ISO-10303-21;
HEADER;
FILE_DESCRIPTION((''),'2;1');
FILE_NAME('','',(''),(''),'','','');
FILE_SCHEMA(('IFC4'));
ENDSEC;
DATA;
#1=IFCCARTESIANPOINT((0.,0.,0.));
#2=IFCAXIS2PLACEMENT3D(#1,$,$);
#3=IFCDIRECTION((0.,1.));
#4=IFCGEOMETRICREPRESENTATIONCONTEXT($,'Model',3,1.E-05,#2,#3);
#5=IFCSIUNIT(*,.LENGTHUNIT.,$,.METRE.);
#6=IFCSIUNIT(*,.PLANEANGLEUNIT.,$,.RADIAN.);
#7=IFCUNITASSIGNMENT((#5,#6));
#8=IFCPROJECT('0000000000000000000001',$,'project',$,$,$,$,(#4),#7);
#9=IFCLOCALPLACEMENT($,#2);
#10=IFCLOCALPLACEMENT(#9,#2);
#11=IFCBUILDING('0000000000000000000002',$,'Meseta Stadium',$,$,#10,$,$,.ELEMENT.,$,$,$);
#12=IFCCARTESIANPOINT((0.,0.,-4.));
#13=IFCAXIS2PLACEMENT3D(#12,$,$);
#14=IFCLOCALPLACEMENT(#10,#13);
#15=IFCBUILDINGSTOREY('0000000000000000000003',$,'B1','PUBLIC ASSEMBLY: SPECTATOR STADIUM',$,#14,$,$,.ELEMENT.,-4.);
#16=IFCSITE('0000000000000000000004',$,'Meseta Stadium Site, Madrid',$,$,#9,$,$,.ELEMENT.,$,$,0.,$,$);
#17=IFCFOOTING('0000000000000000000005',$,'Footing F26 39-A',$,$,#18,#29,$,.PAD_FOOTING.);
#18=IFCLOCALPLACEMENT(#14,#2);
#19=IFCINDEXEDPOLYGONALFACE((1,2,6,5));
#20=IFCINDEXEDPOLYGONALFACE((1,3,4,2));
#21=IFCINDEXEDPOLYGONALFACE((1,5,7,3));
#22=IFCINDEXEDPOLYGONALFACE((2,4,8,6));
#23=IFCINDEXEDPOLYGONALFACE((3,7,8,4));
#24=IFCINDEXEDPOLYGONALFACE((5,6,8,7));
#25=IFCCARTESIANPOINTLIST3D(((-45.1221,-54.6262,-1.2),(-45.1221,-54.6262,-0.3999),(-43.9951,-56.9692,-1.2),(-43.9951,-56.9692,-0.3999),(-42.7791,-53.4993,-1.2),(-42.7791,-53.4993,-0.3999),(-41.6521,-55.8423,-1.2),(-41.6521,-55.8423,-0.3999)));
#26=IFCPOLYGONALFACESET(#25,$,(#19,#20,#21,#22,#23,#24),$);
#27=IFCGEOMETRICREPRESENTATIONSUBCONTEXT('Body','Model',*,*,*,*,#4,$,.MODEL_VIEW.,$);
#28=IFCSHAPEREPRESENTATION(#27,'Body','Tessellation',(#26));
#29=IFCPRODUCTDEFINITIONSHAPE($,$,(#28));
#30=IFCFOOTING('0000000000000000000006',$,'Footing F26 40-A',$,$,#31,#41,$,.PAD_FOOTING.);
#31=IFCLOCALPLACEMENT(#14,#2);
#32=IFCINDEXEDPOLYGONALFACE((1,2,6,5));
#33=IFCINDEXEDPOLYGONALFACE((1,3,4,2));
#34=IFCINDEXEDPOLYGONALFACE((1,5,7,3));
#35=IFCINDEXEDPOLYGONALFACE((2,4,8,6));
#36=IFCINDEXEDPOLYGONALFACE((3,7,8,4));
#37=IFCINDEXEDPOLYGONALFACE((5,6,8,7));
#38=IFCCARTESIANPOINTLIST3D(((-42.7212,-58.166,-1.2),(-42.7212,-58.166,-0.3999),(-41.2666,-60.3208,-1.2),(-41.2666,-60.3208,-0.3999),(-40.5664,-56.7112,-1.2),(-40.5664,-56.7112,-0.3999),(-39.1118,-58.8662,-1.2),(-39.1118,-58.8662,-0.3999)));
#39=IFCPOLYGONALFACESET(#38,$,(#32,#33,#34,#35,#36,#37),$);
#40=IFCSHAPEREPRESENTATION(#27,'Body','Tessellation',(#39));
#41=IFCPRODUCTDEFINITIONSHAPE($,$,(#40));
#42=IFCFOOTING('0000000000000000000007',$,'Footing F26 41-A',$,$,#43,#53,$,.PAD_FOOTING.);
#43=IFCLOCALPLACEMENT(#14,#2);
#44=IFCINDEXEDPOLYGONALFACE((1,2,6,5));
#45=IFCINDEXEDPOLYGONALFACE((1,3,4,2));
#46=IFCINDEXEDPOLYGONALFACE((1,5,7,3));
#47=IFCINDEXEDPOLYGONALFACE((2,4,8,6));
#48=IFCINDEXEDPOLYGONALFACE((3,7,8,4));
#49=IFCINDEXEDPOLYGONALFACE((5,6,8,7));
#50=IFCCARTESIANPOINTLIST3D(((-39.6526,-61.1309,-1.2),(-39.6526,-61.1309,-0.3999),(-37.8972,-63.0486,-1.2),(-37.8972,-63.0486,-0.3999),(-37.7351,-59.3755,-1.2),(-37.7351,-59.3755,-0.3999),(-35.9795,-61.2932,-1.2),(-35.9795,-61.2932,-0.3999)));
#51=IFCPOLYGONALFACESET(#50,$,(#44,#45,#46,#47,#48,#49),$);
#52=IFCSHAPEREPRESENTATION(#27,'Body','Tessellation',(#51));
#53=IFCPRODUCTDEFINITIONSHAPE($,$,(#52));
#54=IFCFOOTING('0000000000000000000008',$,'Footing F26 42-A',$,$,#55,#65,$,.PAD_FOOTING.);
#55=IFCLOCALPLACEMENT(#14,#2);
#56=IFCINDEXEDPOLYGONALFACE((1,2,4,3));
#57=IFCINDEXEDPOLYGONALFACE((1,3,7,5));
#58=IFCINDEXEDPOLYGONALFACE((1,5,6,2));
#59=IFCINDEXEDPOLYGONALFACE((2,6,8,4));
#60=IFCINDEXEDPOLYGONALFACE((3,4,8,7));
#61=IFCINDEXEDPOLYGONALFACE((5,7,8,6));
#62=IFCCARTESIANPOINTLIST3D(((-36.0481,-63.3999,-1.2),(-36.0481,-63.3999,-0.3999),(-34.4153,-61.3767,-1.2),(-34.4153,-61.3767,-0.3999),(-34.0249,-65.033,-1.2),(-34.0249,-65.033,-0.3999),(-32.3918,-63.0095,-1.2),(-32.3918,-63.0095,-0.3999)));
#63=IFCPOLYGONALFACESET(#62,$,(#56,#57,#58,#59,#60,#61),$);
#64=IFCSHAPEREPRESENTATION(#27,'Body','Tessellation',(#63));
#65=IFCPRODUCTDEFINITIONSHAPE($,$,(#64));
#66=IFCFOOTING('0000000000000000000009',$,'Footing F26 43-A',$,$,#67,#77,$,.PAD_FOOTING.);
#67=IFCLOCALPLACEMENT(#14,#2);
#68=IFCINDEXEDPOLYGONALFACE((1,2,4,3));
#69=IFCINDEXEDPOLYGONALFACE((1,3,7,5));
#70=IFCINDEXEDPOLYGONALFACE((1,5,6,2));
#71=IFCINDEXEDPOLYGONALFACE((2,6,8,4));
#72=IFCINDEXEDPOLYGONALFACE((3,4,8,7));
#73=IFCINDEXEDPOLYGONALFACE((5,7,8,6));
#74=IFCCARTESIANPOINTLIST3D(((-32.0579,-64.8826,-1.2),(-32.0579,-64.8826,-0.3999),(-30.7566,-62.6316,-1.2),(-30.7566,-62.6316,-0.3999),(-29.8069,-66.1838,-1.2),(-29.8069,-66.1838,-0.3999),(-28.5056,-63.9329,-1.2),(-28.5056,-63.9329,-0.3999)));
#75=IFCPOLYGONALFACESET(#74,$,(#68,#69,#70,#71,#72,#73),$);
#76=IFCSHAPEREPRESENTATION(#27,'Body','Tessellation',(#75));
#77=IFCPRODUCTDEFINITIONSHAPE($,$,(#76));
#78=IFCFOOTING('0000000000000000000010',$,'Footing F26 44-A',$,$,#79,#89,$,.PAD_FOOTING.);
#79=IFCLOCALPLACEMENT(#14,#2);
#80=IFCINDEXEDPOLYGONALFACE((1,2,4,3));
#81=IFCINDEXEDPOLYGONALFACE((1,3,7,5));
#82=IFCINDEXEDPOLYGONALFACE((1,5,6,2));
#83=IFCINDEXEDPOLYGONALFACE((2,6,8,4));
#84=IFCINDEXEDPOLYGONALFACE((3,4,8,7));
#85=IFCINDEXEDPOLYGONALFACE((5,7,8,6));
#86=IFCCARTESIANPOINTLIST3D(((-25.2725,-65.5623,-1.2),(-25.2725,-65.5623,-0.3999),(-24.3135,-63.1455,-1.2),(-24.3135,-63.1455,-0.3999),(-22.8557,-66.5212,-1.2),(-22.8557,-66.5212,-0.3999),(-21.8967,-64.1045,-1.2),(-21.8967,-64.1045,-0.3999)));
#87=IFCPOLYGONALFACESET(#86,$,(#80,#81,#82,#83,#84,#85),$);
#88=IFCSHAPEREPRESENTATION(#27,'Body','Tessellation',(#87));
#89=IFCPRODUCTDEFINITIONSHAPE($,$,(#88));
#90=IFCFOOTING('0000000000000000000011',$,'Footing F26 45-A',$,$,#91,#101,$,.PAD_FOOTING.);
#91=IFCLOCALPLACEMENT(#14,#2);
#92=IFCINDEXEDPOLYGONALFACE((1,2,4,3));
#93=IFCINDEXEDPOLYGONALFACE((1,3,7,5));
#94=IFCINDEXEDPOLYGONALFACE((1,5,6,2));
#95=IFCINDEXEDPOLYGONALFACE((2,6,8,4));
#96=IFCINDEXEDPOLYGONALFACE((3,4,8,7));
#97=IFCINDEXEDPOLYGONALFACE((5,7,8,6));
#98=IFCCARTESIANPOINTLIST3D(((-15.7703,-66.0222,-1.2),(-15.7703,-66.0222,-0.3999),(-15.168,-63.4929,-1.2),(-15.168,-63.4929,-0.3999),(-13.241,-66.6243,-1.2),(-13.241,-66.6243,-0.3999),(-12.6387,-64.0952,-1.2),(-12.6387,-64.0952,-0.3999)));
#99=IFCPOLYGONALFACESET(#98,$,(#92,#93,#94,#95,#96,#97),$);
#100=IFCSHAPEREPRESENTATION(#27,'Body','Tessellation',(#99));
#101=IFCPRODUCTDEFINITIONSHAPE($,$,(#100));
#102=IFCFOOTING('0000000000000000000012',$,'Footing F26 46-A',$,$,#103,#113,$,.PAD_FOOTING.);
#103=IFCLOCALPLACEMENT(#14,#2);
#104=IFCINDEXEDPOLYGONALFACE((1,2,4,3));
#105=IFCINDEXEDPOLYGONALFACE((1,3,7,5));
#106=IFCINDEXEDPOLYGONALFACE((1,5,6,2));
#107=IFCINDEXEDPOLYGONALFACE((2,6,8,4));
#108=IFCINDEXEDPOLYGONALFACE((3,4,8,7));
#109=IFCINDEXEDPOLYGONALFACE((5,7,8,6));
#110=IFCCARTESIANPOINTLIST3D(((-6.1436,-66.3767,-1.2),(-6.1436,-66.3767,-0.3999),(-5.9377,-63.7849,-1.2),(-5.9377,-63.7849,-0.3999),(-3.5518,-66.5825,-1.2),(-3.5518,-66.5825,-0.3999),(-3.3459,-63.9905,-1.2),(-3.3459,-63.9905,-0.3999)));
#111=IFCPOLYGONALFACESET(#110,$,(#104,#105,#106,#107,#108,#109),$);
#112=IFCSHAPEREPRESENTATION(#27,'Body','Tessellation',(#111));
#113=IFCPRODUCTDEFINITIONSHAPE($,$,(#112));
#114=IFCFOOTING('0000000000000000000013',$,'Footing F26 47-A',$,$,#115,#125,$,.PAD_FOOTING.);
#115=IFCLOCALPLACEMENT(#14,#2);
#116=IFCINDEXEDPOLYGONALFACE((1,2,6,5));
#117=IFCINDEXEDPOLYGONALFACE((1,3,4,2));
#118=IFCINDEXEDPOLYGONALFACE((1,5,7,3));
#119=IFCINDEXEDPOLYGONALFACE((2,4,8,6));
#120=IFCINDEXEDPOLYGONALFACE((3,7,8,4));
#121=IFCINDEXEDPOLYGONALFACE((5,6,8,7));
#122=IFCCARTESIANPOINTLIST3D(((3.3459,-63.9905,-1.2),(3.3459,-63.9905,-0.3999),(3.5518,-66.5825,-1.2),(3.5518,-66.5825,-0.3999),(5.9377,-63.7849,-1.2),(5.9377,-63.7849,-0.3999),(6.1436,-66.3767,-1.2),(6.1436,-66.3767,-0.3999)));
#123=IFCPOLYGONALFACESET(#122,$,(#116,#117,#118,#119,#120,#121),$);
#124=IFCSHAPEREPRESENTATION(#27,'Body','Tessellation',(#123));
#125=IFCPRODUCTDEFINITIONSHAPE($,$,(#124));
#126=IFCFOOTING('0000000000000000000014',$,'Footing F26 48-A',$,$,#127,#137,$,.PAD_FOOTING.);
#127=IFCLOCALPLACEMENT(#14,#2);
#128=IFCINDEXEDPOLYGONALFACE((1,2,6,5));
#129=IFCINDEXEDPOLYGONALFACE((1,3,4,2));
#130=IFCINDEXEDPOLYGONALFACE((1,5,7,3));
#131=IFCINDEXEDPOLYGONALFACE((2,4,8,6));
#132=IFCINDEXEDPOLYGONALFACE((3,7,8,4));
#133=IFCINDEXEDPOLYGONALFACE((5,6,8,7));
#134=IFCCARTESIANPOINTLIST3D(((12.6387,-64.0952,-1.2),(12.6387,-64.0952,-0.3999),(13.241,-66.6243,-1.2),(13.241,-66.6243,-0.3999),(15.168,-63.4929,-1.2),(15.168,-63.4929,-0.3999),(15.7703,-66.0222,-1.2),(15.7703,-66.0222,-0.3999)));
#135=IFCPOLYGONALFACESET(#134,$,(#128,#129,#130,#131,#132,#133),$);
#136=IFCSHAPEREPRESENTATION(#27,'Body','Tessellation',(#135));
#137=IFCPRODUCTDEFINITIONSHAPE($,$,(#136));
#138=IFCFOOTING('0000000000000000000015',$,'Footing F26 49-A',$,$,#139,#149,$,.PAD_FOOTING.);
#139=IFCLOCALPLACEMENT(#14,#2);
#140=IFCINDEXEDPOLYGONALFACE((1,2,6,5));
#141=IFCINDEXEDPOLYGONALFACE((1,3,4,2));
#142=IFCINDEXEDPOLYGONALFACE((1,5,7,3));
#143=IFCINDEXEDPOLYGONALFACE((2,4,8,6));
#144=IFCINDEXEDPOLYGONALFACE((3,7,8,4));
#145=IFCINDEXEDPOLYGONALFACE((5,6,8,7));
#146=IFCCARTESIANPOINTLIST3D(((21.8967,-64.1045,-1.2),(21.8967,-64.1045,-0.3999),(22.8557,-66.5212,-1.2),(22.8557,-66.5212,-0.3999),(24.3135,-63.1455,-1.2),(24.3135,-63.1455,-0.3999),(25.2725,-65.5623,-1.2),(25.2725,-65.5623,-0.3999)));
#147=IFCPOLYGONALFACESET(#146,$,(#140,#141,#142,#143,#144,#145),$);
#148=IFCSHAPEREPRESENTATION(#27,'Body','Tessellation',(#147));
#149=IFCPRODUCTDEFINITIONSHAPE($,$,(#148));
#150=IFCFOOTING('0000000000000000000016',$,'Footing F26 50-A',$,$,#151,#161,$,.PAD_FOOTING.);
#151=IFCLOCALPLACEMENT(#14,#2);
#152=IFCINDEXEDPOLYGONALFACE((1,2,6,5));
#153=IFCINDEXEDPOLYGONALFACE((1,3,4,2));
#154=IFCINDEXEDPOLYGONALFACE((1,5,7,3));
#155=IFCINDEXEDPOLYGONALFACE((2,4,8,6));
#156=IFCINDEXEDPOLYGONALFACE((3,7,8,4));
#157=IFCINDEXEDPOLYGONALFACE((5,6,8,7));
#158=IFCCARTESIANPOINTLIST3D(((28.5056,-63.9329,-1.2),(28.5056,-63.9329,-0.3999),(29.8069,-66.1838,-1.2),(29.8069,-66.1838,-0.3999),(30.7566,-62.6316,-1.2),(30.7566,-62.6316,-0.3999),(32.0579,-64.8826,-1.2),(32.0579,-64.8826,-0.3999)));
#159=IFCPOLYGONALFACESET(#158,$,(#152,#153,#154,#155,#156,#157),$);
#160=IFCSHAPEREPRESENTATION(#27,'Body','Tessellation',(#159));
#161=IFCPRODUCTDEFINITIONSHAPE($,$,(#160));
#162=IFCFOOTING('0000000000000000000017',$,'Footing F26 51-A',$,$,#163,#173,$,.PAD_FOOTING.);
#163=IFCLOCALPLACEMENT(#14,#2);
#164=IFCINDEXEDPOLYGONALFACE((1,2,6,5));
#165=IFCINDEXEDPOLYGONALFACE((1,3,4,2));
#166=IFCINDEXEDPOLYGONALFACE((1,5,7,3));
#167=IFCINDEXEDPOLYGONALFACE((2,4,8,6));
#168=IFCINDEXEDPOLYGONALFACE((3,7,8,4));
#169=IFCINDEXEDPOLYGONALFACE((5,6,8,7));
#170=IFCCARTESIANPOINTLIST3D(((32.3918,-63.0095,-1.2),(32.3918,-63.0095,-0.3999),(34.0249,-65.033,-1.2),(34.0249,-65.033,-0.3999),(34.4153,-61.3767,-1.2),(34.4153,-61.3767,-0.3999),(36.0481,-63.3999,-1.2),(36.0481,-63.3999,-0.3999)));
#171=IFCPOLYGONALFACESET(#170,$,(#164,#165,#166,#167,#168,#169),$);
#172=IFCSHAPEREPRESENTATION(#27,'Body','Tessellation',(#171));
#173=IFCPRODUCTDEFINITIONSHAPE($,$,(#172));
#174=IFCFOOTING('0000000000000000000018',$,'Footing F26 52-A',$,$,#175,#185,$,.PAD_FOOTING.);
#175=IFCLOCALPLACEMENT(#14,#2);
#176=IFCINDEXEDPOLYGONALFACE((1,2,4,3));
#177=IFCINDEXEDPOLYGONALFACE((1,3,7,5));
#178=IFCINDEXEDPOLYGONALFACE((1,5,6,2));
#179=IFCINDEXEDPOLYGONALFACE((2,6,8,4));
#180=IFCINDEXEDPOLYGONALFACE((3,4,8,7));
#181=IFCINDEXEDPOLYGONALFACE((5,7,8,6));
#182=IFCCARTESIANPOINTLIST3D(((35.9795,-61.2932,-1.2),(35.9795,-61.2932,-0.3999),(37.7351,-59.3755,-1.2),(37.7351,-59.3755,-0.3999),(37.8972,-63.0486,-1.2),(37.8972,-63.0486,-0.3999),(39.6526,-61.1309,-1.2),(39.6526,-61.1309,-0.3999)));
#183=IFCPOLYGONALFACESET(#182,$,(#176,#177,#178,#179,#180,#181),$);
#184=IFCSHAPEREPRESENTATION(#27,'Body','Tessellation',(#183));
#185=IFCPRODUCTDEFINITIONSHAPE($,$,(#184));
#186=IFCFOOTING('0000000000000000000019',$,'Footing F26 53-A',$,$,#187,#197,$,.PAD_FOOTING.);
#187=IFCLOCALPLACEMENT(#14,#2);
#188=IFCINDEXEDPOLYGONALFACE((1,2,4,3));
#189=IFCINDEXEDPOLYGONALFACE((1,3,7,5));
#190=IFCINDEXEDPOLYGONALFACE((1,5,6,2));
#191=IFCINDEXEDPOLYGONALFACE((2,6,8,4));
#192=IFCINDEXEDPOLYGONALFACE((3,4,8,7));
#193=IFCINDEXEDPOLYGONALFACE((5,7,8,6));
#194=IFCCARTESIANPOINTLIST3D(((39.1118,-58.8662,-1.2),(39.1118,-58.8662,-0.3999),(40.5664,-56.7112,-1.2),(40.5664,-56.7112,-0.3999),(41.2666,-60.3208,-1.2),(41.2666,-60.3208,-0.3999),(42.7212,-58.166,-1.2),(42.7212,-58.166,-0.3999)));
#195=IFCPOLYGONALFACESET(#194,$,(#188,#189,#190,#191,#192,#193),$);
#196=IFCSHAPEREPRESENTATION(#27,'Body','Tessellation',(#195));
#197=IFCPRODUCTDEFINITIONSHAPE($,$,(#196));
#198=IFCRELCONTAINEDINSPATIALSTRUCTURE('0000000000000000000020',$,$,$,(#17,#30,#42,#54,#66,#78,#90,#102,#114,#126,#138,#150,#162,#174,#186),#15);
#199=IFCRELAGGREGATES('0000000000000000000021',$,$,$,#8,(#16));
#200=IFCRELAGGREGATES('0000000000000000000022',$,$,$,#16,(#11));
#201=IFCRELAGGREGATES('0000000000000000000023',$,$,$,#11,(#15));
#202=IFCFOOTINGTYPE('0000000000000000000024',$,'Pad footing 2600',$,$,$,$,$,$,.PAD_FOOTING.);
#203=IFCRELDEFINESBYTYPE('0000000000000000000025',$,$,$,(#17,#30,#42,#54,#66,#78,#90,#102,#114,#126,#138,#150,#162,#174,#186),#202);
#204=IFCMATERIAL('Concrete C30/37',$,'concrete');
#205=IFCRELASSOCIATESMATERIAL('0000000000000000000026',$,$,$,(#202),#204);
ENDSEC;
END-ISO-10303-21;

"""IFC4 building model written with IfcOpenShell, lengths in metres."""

from ifc_helpers import new_model, si_unit, direction, frame, origin, place, context, subcontext, project, spatial, polyline, outline, extrude, material, type_object, element, save


model = new_model("IFC4")

# Units and contexts
model_context = context("Model", 3, precision=1e-05, world=origin(), true_north=direction((0.0, 1.0)))
body_context = subcontext(model_context, "Body", "Model", "MODEL_VIEW")
ifc_project = project(units=[si_unit("LENGTHUNIT", "METRE"), si_unit("PLANEANGLEUNIT", "RADIAN")], contexts=[model_context])

# Site, building, storey
site_placement = place(None, origin())
site = spatial("IfcSite", under=ifc_project, at=site_placement, Name="Meseta Stadium Site, Madrid", CompositionType="ELEMENT", RefElevation=0.0)
building_placement = place(site_placement, origin())
building = spatial("IfcBuilding", under=site, at=building_placement, Name="Meseta Stadium", CompositionType="ELEMENT")
storey_placement = place(building_placement, frame((0.0, 0.0, -4.0)))
storey = spatial("IfcBuildingStorey", under=building, at=storey_placement, Name="B1", Description="PUBLIC ASSEMBLY: SPECTATOR STADIUM", CompositionType="ELEMENT", Elevation=-4.0)

# Footings
ifc_material_1 = material(Name="Concrete C30/37", Category="concrete")
footing_type_1 = type_object("IfcFootingType", Name="Pad footing 2600", PredefinedType="PAD_FOOTING", material=ifc_material_1)
footing_1_placement = place(storey_placement, frame((0.0, 0.0, -1.2)))
element("IfcFooting", 1, at=footing_1_placement, inside=storey, type_object=footing_type_1, Name="Footing F26 39-A", PredefinedType="PAD_FOOTING", context=body_context, shape_type="SweptSolid", body=[
    extrude(outline(polyline([(-42.7791, -53.4993), (-45.1221, -54.6262), (-43.9951, -56.9692), (-41.6521, -55.8423), (-42.7791, -53.4993)])), origin(), (0.0, 0.0, 1.0), 0.8),
])
footing_2_placement = place(storey_placement, frame((0.0, 0.0, -1.2)))
element("IfcFooting", 2, at=footing_2_placement, inside=storey, type_object=footing_type_1, Name="Footing F26 40-A", PredefinedType="PAD_FOOTING", context=body_context, shape_type="SweptSolid", body=[
    extrude(outline(polyline([(-40.5664, -56.7112), (-42.7212, -58.166), (-41.2666, -60.3208), (-39.1118, -58.8662), (-40.5664, -56.7112)])), origin(), (0.0, 0.0, 1.0), 0.8),
])
footing_3_placement = place(storey_placement, frame((0.0, 0.0, -1.2)))
element("IfcFooting", 3, at=footing_3_placement, inside=storey, type_object=footing_type_1, Name="Footing F26 41-A", PredefinedType="PAD_FOOTING", context=body_context, shape_type="SweptSolid", body=[
    extrude(outline(polyline([(-37.7351, -59.3755), (-39.6526, -61.1309), (-37.8972, -63.0486), (-35.9795, -61.2932), (-37.7351, -59.3755)])), origin(), (0.0, 0.0, 1.0), 0.8),
])
footing_4_placement = place(storey_placement, frame((0.0, 0.0, -1.2)))
element("IfcFooting", 4, at=footing_4_placement, inside=storey, type_object=footing_type_1, Name="Footing F26 42-A", PredefinedType="PAD_FOOTING", context=body_context, shape_type="SweptSolid", body=[
    extrude(outline(polyline([(-34.4153, -61.3767), (-36.0481, -63.3999), (-34.0249, -65.033), (-32.3918, -63.0095), (-34.4153, -61.3767)])), origin(), (0.0, 0.0, 1.0), 0.8),
])
footing_5_placement = place(storey_placement, frame((0.0, 0.0, -1.2)))
element("IfcFooting", 5, at=footing_5_placement, inside=storey, type_object=footing_type_1, Name="Footing F26 43-A", PredefinedType="PAD_FOOTING", context=body_context, shape_type="SweptSolid", body=[
    extrude(outline(polyline([(-30.7566, -62.6316), (-32.0579, -64.8826), (-29.8069, -66.1838), (-28.5056, -63.9329), (-30.7566, -62.6316)])), origin(), (0.0, 0.0, 1.0), 0.8),
])
footing_6_placement = place(storey_placement, frame((0.0, 0.0, -1.2)))
element("IfcFooting", 6, at=footing_6_placement, inside=storey, type_object=footing_type_1, Name="Footing F26 44-A", PredefinedType="PAD_FOOTING", context=body_context, shape_type="SweptSolid", body=[
    extrude(outline(polyline([(-24.3135, -63.1455), (-25.2725, -65.5623), (-22.8557, -66.5212), (-21.8967, -64.1045), (-24.3135, -63.1455)])), origin(), (0.0, 0.0, 1.0), 0.8),
])
footing_7_placement = place(storey_placement, frame((0.0, 0.0, -1.2)))
element("IfcFooting", 7, at=footing_7_placement, inside=storey, type_object=footing_type_1, Name="Footing F26 45-A", PredefinedType="PAD_FOOTING", context=body_context, shape_type="SweptSolid", body=[
    extrude(outline(polyline([(-15.168, -63.4929), (-15.7703, -66.0222), (-13.241, -66.6243), (-12.6387, -64.0952), (-15.168, -63.4929)])), origin(), (0.0, 0.0, 1.0), 0.8),
])
footing_8_placement = place(storey_placement, frame((0.0, 0.0, -1.2)))
element("IfcFooting", 8, at=footing_8_placement, inside=storey, type_object=footing_type_1, Name="Footing F26 46-A", PredefinedType="PAD_FOOTING", context=body_context, shape_type="SweptSolid", body=[
    extrude(outline(polyline([(-5.9377, -63.7849), (-6.1436, -66.3767), (-3.5518, -66.5825), (-3.3459, -63.9905), (-5.9377, -63.7849)])), origin(), (0.0, 0.0, 1.0), 0.8),
])
footing_9_placement = place(storey_placement, frame((0.0, 0.0, -1.2)))
element("IfcFooting", 9, at=footing_9_placement, inside=storey, type_object=footing_type_1, Name="Footing F26 47-A", PredefinedType="PAD_FOOTING", context=body_context, shape_type="SweptSolid", body=[
    extrude(outline(polyline([(3.3459, -63.9905), (3.5518, -66.5825), (6.1436, -66.3767), (5.9377, -63.7849), (3.3459, -63.9905)])), origin(), (0.0, 0.0, 1.0), 0.8),
])
footing_10_placement = place(storey_placement, frame((0.0, 0.0, -1.2)))
element("IfcFooting", 10, at=footing_10_placement, inside=storey, type_object=footing_type_1, Name="Footing F26 48-A", PredefinedType="PAD_FOOTING", context=body_context, shape_type="SweptSolid", body=[
    extrude(outline(polyline([(12.6387, -64.0952), (13.241, -66.6243), (15.7703, -66.0222), (15.168, -63.4929), (12.6387, -64.0952)])), origin(), (0.0, 0.0, 1.0), 0.8),
])
footing_11_placement = place(storey_placement, frame((0.0, 0.0, -1.2)))
element("IfcFooting", 11, at=footing_11_placement, inside=storey, type_object=footing_type_1, Name="Footing F26 49-A", PredefinedType="PAD_FOOTING", context=body_context, shape_type="SweptSolid", body=[
    extrude(outline(polyline([(21.8967, -64.1045), (22.8557, -66.5212), (25.2725, -65.5623), (24.3135, -63.1455), (21.8967, -64.1045)])), origin(), (0.0, 0.0, 1.0), 0.8),
])
footing_12_placement = place(storey_placement, frame((0.0, 0.0, -1.2)))
element("IfcFooting", 12, at=footing_12_placement, inside=storey, type_object=footing_type_1, Name="Footing F26 50-A", PredefinedType="PAD_FOOTING", context=body_context, shape_type="SweptSolid", body=[
    extrude(outline(polyline([(28.5056, -63.9329), (29.8069, -66.1838), (32.0579, -64.8826), (30.7566, -62.6316), (28.5056, -63.9329)])), origin(), (0.0, 0.0, 1.0), 0.8),
])
footing_13_placement = place(storey_placement, frame((0.0, 0.0, -1.2)))
element("IfcFooting", 13, at=footing_13_placement, inside=storey, type_object=footing_type_1, Name="Footing F26 51-A", PredefinedType="PAD_FOOTING", context=body_context, shape_type="SweptSolid", body=[
    extrude(outline(polyline([(32.3918, -63.0095), (34.0249, -65.033), (36.0481, -63.3999), (34.4153, -61.3767), (32.3918, -63.0095)])), origin(), (0.0, 0.0, 1.0), 0.8),
])
footing_14_placement = place(storey_placement, frame((0.0, 0.0, -1.2)))
element("IfcFooting", 14, at=footing_14_placement, inside=storey, type_object=footing_type_1, Name="Footing F26 52-A", PredefinedType="PAD_FOOTING", context=body_context, shape_type="SweptSolid", body=[
    extrude(outline(polyline([(35.9795, -61.2932), (37.8972, -63.0486), (39.6526, -61.1309), (37.7351, -59.3755), (35.9795, -61.2932)])), origin(), (0.0, 0.0, 1.0), 0.8),
])
footing_15_placement = place(storey_placement, frame((0.0, 0.0, -1.2)))
element("IfcFooting", 15, at=footing_15_placement, inside=storey, type_object=footing_type_1, Name="Footing F26 53-A", PredefinedType="PAD_FOOTING", context=body_context, shape_type="SweptSolid", body=[
    extrude(outline(polyline([(39.1118, -58.8662), (41.2666, -60.3208), (42.7212, -58.166), (40.5664, -56.7112), (39.1118, -58.8662)])), origin(), (0.0, 0.0, 1.0), 0.8),
])

save(model, "model.ifc")
